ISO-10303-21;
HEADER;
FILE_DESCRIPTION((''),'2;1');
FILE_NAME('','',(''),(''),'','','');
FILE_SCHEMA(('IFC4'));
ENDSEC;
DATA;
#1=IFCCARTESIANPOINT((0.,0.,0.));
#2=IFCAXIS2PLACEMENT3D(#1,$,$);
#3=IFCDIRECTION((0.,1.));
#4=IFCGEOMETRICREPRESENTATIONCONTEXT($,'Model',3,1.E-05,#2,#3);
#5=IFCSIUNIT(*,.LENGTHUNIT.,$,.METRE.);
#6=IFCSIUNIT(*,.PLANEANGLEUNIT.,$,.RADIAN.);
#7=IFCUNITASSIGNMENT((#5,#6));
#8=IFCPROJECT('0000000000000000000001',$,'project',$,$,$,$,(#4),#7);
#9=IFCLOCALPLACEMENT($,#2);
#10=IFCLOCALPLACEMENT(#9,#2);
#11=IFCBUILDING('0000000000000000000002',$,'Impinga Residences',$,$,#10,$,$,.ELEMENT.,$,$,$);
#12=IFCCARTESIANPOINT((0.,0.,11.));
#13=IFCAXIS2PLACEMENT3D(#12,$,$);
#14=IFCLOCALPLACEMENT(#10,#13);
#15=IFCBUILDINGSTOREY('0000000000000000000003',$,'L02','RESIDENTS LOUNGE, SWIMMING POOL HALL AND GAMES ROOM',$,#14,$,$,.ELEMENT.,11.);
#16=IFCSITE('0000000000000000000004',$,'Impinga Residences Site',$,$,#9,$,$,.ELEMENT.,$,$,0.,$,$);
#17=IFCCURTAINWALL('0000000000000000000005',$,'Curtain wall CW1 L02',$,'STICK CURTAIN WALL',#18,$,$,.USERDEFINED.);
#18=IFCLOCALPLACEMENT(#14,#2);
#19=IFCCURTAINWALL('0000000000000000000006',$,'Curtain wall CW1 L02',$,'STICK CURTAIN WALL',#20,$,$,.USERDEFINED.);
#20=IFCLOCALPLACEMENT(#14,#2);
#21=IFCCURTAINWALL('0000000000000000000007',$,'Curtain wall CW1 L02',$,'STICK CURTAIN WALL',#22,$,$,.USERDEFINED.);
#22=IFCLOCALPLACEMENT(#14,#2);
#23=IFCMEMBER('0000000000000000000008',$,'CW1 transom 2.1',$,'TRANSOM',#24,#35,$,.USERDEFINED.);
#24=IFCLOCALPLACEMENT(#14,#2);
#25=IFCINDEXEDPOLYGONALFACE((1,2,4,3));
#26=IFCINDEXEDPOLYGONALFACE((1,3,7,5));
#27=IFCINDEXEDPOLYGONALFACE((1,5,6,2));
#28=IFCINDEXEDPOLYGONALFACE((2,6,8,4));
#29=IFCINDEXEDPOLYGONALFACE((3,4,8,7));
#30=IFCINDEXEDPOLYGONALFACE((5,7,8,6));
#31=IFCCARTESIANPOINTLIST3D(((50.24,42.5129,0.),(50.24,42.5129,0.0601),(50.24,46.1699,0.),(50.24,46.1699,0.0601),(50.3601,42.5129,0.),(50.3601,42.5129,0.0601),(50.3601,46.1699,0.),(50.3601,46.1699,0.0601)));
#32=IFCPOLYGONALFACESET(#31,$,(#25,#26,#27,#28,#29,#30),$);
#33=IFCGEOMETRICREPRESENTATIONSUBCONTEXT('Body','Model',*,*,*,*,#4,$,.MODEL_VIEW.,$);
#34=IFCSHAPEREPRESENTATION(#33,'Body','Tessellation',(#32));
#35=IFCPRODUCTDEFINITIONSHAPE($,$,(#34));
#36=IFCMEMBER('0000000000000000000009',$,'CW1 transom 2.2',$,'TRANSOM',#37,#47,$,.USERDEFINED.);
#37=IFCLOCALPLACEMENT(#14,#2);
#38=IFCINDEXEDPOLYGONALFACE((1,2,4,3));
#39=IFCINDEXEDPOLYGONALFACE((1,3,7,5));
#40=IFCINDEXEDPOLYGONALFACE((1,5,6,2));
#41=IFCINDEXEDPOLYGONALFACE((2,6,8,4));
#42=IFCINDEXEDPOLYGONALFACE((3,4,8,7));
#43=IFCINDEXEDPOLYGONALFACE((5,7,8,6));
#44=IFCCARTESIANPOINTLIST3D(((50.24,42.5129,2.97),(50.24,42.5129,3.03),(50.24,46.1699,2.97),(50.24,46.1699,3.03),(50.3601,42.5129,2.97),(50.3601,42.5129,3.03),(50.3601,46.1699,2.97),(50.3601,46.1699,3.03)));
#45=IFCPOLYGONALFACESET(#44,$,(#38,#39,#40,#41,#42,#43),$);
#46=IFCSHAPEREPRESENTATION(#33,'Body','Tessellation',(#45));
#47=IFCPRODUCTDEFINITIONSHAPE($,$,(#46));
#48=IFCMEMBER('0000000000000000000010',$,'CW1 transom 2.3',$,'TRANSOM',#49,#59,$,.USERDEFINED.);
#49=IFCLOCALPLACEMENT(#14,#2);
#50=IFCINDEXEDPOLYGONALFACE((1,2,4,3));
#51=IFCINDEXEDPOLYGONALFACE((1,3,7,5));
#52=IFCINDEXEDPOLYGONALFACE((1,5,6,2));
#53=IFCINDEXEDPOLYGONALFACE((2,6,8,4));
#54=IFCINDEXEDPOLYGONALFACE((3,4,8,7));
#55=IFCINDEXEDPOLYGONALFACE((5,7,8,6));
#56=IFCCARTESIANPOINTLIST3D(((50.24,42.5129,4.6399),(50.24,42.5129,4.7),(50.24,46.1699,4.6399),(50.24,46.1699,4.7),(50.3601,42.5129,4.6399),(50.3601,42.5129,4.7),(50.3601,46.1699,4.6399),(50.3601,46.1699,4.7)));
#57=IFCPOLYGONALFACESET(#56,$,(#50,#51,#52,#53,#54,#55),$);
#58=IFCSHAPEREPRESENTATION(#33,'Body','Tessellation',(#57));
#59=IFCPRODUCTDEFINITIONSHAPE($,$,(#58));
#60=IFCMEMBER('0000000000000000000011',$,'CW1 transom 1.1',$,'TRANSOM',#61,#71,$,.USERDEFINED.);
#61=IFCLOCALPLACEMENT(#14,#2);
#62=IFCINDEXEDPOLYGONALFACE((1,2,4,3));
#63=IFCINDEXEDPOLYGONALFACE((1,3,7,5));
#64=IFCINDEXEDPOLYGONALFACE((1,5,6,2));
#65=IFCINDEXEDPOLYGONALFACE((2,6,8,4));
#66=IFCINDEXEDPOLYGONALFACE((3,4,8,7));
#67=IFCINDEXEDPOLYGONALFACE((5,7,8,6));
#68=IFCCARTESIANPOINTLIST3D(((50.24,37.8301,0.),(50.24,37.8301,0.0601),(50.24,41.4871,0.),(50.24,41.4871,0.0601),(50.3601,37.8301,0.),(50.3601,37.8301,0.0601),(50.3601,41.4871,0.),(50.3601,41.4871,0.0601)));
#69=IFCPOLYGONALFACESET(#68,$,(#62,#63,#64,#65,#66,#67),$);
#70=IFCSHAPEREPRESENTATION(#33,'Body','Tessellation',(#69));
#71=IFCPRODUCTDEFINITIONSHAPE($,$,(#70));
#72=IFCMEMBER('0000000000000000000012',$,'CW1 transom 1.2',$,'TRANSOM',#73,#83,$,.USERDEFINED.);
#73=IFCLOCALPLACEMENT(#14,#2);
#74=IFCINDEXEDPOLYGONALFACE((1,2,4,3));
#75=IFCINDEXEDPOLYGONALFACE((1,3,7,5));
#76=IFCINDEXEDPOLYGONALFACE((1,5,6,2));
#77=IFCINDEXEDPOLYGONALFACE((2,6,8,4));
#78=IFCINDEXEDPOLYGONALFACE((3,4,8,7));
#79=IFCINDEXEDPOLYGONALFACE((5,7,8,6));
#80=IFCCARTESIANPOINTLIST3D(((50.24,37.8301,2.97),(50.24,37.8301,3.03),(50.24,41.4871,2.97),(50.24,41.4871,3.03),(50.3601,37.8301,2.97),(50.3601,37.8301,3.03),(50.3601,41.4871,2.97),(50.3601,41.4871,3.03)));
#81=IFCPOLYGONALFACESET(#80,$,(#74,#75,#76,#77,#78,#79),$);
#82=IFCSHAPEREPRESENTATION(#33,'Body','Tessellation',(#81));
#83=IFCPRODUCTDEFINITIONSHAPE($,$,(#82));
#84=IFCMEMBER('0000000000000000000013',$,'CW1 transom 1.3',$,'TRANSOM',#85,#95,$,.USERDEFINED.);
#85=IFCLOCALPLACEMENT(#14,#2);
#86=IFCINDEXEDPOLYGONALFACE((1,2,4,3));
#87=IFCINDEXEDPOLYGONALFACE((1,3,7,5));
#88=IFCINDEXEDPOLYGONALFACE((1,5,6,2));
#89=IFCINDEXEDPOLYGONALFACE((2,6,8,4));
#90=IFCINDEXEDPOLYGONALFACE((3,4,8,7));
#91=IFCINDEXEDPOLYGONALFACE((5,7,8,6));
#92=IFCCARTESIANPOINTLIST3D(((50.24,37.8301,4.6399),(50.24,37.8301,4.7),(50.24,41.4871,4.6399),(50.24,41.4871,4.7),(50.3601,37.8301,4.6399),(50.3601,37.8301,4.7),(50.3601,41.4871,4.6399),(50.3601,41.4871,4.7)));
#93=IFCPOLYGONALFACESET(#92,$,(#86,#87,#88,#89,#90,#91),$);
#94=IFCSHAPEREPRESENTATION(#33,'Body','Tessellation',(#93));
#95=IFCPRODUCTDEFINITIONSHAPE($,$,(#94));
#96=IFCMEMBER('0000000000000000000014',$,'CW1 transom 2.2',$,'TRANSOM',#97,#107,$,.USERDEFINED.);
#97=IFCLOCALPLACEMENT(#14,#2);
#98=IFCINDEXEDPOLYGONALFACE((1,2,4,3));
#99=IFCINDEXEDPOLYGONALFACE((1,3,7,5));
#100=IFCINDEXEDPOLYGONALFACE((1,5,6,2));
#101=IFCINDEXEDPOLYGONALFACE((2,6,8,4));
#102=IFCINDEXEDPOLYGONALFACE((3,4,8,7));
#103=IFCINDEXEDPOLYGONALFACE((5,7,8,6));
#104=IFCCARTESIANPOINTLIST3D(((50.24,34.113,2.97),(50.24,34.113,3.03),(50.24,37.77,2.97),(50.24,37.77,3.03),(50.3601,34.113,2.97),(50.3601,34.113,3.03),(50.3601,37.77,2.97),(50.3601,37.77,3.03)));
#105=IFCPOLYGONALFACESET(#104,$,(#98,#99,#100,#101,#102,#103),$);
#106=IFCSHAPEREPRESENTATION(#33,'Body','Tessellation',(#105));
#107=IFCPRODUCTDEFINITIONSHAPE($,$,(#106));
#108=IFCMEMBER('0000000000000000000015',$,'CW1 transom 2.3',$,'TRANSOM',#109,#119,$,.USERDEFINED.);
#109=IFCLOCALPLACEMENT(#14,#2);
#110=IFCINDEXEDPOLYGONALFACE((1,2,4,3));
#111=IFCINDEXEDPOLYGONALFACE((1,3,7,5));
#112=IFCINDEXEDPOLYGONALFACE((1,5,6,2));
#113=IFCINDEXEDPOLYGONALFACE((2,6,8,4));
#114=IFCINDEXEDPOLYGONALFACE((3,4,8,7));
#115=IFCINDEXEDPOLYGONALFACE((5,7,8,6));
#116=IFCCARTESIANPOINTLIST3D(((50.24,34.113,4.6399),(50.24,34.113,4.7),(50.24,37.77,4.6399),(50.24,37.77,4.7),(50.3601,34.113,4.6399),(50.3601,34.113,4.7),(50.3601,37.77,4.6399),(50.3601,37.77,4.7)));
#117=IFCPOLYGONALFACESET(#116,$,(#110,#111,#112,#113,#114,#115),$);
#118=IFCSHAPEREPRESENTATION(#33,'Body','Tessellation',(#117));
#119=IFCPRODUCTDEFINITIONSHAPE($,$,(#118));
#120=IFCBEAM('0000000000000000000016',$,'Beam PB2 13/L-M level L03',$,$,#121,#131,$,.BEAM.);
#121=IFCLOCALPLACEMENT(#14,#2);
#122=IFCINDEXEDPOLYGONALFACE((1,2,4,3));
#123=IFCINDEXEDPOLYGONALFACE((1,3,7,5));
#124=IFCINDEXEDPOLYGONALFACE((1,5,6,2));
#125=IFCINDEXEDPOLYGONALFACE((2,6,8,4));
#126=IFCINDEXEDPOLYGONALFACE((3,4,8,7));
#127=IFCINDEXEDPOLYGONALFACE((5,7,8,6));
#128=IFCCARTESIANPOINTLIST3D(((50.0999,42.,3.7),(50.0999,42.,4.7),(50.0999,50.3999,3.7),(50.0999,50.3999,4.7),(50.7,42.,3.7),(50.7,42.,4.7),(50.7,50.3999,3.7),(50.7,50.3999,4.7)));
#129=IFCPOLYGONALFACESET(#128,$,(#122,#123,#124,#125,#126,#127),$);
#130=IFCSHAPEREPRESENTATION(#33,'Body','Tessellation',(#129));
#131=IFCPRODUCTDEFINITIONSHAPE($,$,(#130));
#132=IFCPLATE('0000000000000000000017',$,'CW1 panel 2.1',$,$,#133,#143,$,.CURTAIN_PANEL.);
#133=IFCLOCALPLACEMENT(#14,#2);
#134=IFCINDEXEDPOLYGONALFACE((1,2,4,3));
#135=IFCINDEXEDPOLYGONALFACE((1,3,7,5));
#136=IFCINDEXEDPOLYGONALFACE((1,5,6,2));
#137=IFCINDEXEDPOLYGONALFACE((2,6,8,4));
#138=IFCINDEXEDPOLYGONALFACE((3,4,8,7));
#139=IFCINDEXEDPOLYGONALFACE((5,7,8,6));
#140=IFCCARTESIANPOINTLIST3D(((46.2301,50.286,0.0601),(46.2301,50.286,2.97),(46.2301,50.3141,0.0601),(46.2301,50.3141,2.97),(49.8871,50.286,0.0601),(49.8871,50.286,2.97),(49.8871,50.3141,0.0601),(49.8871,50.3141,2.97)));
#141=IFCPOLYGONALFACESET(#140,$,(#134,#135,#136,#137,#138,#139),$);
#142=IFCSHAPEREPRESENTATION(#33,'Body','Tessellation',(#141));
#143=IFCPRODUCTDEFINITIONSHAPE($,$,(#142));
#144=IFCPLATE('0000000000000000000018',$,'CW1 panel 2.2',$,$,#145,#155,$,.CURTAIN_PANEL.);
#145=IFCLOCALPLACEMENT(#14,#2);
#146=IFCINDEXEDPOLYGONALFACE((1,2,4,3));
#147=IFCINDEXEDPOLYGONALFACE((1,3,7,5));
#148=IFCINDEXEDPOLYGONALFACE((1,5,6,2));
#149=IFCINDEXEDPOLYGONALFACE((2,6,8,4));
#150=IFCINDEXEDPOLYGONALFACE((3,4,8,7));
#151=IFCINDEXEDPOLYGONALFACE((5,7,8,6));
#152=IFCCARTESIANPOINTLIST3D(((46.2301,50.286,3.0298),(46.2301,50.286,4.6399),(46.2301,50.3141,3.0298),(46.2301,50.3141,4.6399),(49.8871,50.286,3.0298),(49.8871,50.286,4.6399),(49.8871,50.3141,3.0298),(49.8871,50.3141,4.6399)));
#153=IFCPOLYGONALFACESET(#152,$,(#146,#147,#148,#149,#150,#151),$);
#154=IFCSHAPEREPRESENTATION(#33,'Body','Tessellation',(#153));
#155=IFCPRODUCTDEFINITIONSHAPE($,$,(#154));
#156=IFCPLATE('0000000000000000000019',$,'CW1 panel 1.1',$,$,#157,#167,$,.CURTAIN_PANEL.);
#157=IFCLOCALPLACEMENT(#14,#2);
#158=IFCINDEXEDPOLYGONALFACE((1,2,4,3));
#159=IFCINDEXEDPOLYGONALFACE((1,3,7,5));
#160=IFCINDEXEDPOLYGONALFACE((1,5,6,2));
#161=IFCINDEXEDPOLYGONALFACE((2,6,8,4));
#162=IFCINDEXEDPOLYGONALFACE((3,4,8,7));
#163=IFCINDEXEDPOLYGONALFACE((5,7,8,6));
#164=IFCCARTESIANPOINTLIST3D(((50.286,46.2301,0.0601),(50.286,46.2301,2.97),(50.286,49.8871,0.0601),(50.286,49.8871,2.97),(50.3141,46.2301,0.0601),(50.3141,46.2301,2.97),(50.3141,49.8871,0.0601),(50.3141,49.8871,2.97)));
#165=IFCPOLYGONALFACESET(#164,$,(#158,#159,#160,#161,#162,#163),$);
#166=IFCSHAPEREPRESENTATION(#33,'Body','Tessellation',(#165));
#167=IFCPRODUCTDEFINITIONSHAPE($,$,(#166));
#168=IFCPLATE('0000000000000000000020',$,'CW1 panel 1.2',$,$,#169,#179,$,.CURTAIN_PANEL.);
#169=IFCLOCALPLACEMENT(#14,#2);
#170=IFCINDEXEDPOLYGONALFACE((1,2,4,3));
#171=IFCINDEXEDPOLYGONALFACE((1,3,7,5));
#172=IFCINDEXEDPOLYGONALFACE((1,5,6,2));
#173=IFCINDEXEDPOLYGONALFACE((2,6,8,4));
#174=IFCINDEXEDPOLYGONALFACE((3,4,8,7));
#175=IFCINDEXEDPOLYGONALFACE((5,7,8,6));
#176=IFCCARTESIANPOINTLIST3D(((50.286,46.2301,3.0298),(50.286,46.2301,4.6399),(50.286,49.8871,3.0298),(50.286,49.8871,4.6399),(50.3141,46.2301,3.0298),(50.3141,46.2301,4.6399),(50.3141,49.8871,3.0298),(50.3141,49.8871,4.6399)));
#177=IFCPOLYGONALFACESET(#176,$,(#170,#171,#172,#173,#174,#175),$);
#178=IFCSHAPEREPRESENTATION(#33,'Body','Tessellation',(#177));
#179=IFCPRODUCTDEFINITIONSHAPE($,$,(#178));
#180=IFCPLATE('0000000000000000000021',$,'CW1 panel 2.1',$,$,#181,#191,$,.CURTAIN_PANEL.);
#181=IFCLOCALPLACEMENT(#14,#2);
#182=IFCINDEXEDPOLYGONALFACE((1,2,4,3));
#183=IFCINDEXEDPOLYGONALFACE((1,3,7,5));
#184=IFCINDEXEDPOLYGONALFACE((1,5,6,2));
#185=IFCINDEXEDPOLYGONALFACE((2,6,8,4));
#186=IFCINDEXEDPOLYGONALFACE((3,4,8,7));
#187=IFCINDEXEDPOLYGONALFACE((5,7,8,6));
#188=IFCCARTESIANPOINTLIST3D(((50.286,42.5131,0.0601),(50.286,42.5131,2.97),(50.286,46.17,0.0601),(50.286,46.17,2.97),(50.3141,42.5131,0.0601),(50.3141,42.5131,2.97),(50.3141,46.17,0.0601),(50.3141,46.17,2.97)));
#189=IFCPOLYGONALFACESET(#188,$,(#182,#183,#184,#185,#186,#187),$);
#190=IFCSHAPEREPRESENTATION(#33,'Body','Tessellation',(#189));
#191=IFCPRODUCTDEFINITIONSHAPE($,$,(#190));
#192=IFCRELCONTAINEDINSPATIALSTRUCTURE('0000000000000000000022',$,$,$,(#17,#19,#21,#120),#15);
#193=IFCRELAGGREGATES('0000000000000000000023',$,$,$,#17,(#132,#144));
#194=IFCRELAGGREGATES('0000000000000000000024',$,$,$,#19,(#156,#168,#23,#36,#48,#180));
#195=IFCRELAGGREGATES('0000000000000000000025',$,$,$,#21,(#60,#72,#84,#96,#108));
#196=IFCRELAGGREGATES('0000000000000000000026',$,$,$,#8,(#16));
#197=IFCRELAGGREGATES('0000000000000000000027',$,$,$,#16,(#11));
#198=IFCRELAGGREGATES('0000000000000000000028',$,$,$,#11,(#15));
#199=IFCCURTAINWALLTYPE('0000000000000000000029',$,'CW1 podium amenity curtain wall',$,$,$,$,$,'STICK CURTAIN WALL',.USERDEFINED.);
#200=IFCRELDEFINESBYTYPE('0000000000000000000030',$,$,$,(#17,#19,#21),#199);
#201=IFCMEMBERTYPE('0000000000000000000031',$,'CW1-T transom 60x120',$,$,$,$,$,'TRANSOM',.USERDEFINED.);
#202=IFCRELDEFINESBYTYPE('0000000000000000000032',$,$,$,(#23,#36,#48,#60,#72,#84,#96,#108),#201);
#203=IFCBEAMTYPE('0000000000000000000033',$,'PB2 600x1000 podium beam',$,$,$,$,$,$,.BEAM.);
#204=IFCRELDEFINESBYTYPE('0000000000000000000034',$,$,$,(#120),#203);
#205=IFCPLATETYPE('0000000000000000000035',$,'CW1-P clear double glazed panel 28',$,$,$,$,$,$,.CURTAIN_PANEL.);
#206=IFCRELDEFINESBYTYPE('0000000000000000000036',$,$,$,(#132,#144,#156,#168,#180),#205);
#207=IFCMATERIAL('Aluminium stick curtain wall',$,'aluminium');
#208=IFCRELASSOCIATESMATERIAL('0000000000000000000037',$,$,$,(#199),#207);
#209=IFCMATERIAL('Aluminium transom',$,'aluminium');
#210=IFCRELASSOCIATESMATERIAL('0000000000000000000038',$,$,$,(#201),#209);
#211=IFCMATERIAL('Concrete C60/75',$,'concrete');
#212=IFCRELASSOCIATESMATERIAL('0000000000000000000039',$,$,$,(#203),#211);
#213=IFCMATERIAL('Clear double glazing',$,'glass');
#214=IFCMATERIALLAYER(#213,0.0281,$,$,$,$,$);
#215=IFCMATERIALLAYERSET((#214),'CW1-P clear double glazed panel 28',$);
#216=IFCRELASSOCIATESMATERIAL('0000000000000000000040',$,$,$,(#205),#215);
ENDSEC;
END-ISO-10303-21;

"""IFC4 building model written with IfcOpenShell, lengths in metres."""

from ifc_helpers import new_model, si_unit, direction, frame, origin, origin_2d, place, context, subcontext, project, spatial, rectangle, extrude, material, layer, layer_set, material_profile, profile_set, type_object, element, aggregate, save


model = new_model("IFC4")

# Units and contexts
model_context = context("Model", 3, precision=1e-05, world=origin(), true_north=direction((0.0, 1.0)))
body_context = subcontext(model_context, "Body", "Model", "MODEL_VIEW")
ifc_project = project(units=[si_unit("LENGTHUNIT", "METRE"), si_unit("PLANEANGLEUNIT", "RADIAN")], contexts=[model_context])

# Site, building, storey
site_placement = place(None, origin())
site = spatial("IfcSite", under=ifc_project, at=site_placement, Name="Impinga Residences Site", CompositionType="ELEMENT", RefElevation=0.0)
building_placement = place(site_placement, origin())
building = spatial("IfcBuilding", under=site, at=building_placement, Name="Impinga Residences", CompositionType="ELEMENT")
storey_placement = place(building_placement, frame((0.0, 0.0, 11.0)))
storey = spatial("IfcBuildingStorey", under=building, at=storey_placement, Name="L02", Description="RESIDENTS LOUNGE, SWIMMING POOL HALL AND GAMES ROOM", CompositionType="ELEMENT", Elevation=11.0)

# Curtain walls
ifc_material_1 = material(Name="Aluminium stick curtain wall", Category="aluminium")
curtain_wall_type = type_object("IfcCurtainWallType", Name="CW1 podium amenity curtain wall", ElementType="STICK CURTAIN WALL", PredefinedType="USERDEFINED", material=ifc_material_1)
curtain_wall_1_placement = place(storey_placement, origin())
curtain_wall_1 = element("IfcCurtainWall", 1, at=curtain_wall_1_placement, inside=storey, type_object=curtain_wall_type, Name="Curtain wall CW1 L02", ObjectType="STICK CURTAIN WALL", PredefinedType="USERDEFINED")
curtain_wall_2_placement = place(storey_placement, origin())
curtain_wall_2 = element("IfcCurtainWall", 2, at=curtain_wall_2_placement, inside=storey, type_object=curtain_wall_type, Name="Curtain wall CW1 L02", ObjectType="STICK CURTAIN WALL", PredefinedType="USERDEFINED")
curtain_wall_3_placement = place(storey_placement, origin())
curtain_wall_3 = element("IfcCurtainWall", 3, at=curtain_wall_3_placement, inside=storey, type_object=curtain_wall_type, Name="Curtain wall CW1 L02", ObjectType="STICK CURTAIN WALL", PredefinedType="USERDEFINED")

# Members
ifc_material_2 = material(Name="Aluminium transom", Category="aluminium")
ifc_material_profile_1 = material_profile(ifc_material_2, rectangle(XDim=0.0601, YDim=0.1201, at=origin_2d()), Name="60x120 transom")
ifc_profile_set_1 = profile_set([ifc_material_profile_1], Name="Aluminium transom")
member_type_1 = type_object("IfcMemberType", Name="CW1-T transom 60x120", ElementType="TRANSOM", PredefinedType="USERDEFINED", material=ifc_profile_set_1)
member_1_placement = place(storey_placement, frame((50.3, 46.1699, 0.03), z_axis=(0.0, -1.0, 0.0), x_axis=(0.0, 0.0, 1.0)))
member_1 = element("IfcMember", 4, at=member_1_placement, type_object=member_type_1, Name="CW1 transom 2.1", ObjectType="TRANSOM", PredefinedType="USERDEFINED", context=body_context, shape_type="SweptSolid", body=[
    extrude(rectangle(XDim=0.0601, YDim=0.1201, at=origin_2d()), origin(), (0.0, 0.0, 1.0), 3.657),
])
member_2_placement = place(storey_placement, frame((50.3, 46.1699, 3.0), z_axis=(0.0, -1.0, 0.0), x_axis=(0.0, 0.0, 1.0)))
member_2 = element("IfcMember", 5, at=member_2_placement, type_object=member_type_1, Name="CW1 transom 2.2", ObjectType="TRANSOM", PredefinedType="USERDEFINED", context=body_context, shape_type="SweptSolid", body=[
    extrude(rectangle(XDim=0.0601, YDim=0.1201, at=origin_2d()), origin(), (0.0, 0.0, 1.0), 3.657),
])
member_3_placement = place(storey_placement, frame((50.3, 46.1699, 4.6699), z_axis=(0.0, -1.0, 0.0), x_axis=(0.0, 0.0, 1.0)))
member_3 = element("IfcMember", 6, at=member_3_placement, type_object=member_type_1, Name="CW1 transom 2.3", ObjectType="TRANSOM", PredefinedType="USERDEFINED", context=body_context, shape_type="SweptSolid", body=[
    extrude(rectangle(XDim=0.0601, YDim=0.1201, at=origin_2d()), origin(), (0.0, 0.0, 1.0), 3.657),
])
member_4_placement = place(storey_placement, frame((50.3, 41.4871, 0.03), z_axis=(0.0, -1.0, 0.0), x_axis=(0.0, 0.0, 1.0)))
member_4 = element("IfcMember", 7, at=member_4_placement, type_object=member_type_1, Name="CW1 transom 1.1", ObjectType="TRANSOM", PredefinedType="USERDEFINED", context=body_context, shape_type="SweptSolid", body=[
    extrude(rectangle(XDim=0.0601, YDim=0.1201, at=origin_2d()), origin(), (0.0, 0.0, 1.0), 3.657),
])
member_5_placement = place(storey_placement, frame((50.3, 41.4871, 3.0), z_axis=(0.0, -1.0, 0.0), x_axis=(0.0, 0.0, 1.0)))
member_5 = element("IfcMember", 8, at=member_5_placement, type_object=member_type_1, Name="CW1 transom 1.2", ObjectType="TRANSOM", PredefinedType="USERDEFINED", context=body_context, shape_type="SweptSolid", body=[
    extrude(rectangle(XDim=0.0601, YDim=0.1201, at=origin_2d()), origin(), (0.0, 0.0, 1.0), 3.657),
])
member_6_placement = place(storey_placement, frame((50.3, 41.4871, 4.6699), z_axis=(0.0, -1.0, 0.0), x_axis=(0.0, 0.0, 1.0)))
member_6 = element("IfcMember", 9, at=member_6_placement, type_object=member_type_1, Name="CW1 transom 1.3", ObjectType="TRANSOM", PredefinedType="USERDEFINED", context=body_context, shape_type="SweptSolid", body=[
    extrude(rectangle(XDim=0.0601, YDim=0.1201, at=origin_2d()), origin(), (0.0, 0.0, 1.0), 3.657),
])
member_7_placement = place(storey_placement, frame((50.3, 37.77, 3.0), z_axis=(0.0, -1.0, 0.0), x_axis=(0.0, 0.0, 1.0)))
member_7 = element("IfcMember", 10, at=member_7_placement, type_object=member_type_1, Name="CW1 transom 2.2", ObjectType="TRANSOM", PredefinedType="USERDEFINED", context=body_context, shape_type="SweptSolid", body=[
    extrude(rectangle(XDim=0.0601, YDim=0.1201, at=origin_2d()), origin(), (0.0, 0.0, 1.0), 3.657),
])
member_8_placement = place(storey_placement, frame((50.3, 37.77, 4.6699), z_axis=(0.0, -1.0, 0.0), x_axis=(0.0, 0.0, 1.0)))
member_8 = element("IfcMember", 11, at=member_8_placement, type_object=member_type_1, Name="CW1 transom 2.3", ObjectType="TRANSOM", PredefinedType="USERDEFINED", context=body_context, shape_type="SweptSolid", body=[
    extrude(rectangle(XDim=0.0601, YDim=0.1201, at=origin_2d()), origin(), (0.0, 0.0, 1.0), 3.657),
])

# Beam
ifc_material_3 = material(Name="Concrete C60/75", Category="concrete")
ifc_material_profile_2 = material_profile(ifc_material_3, rectangle(XDim=0.6001, YDim=1.0, at=origin_2d()), Name="RC 600x1000")
ifc_profile_set_2 = profile_set([ifc_material_profile_2], Name="Concrete C60/75")
beam_type = type_object("IfcBeamType", Name="PB2 600x1000 podium beam", PredefinedType="BEAM", material=ifc_profile_set_2)
beam_placement = place(storey_placement, frame((50.3999, 42.0, 4.2), z_axis=(0.0, 1.0, 0.0), x_axis=(-1.0, 0.0, 0.0)))
element("IfcBeam", 12, at=beam_placement, inside=storey, type_object=beam_type, Name="Beam PB2 13/L-M level L03", PredefinedType="BEAM", context=body_context, shape_type="SweptSolid", body=[
    extrude(rectangle(XDim=0.6001, YDim=1.0, at=origin_2d()), origin(), (0.0, 0.0, 1.0), 8.3999),
])

# Plates
ifc_material_4 = material(Name="Clear double glazing", Category="glass")
ifc_layer = layer(ifc_material_4, 0.0281)
ifc_layer_set = layer_set([ifc_layer], Name="CW1-P clear double glazed panel 28")
plate_type = type_object("IfcPlateType", Name="CW1-P clear double glazed panel 28", PredefinedType="CURTAIN_PANEL", material=ifc_layer_set)
plate_1_placement = place(storey_placement, frame((48.0586, 50.3, 0.0601), z_axis=(0.0, 0.0, 1.0), x_axis=(1.0, 0.0, 0.0)))
plate_1 = element("IfcPlate", 13, at=plate_1_placement, type_object=plate_type, Name="CW1 panel 2.1", PredefinedType="CURTAIN_PANEL", context=body_context, shape_type="SweptSolid", body=[
    extrude(rectangle(XDim=3.657, YDim=0.0281, at=origin_2d()), origin(), (0.0, 0.0, 1.0), 2.9099),
])
plate_2_placement = place(storey_placement, frame((48.0586, 50.3, 3.0298), z_axis=(0.0, 0.0, 1.0), x_axis=(1.0, 0.0, 0.0)))
plate_2 = element("IfcPlate", 14, at=plate_2_placement, type_object=plate_type, Name="CW1 panel 2.2", PredefinedType="CURTAIN_PANEL", context=body_context, shape_type="SweptSolid", body=[
    extrude(rectangle(XDim=3.657, YDim=0.0281, at=origin_2d()), origin(), (0.0, 0.0, 1.0), 1.6101),
])
aggregate(curtain_wall_1, [plate_1, plate_2])
plate_3_placement = place(storey_placement, frame((50.3, 48.0586, 0.0601), z_axis=(0.0, 0.0, 1.0), x_axis=(0.0, -1.0, 0.0)))
plate_3 = element("IfcPlate", 15, at=plate_3_placement, type_object=plate_type, Name="CW1 panel 1.1", PredefinedType="CURTAIN_PANEL", context=body_context, shape_type="SweptSolid", body=[
    extrude(rectangle(XDim=3.657, YDim=0.0281, at=origin_2d()), origin(), (0.0, 0.0, 1.0), 2.9099),
])
plate_4_placement = place(storey_placement, frame((50.3, 48.0586, 3.0298), z_axis=(0.0, 0.0, 1.0), x_axis=(0.0, -1.0, 0.0)))
plate_4 = element("IfcPlate", 16, at=plate_4_placement, type_object=plate_type, Name="CW1 panel 1.2", PredefinedType="CURTAIN_PANEL", context=body_context, shape_type="SweptSolid", body=[
    extrude(rectangle(XDim=3.657, YDim=0.0281, at=origin_2d()), origin(), (0.0, 0.0, 1.0), 1.6101),
])
plate_5_placement = place(storey_placement, frame((50.3, 44.3416, 0.0601), z_axis=(0.0, 0.0, 1.0), x_axis=(0.0, -1.0, 0.0)))
plate_5 = element("IfcPlate", 17, at=plate_5_placement, type_object=plate_type, Name="CW1 panel 2.1", PredefinedType="CURTAIN_PANEL", context=body_context, shape_type="SweptSolid", body=[
    extrude(rectangle(XDim=3.657, YDim=0.0281, at=origin_2d()), origin(), (0.0, 0.0, 1.0), 2.9099),
])
aggregate(curtain_wall_2, [plate_3, plate_4, member_1, member_2, member_3, plate_5])
aggregate(curtain_wall_3, [member_4, member_5, member_6, member_7, member_8])

save(model, "model.ifc")
